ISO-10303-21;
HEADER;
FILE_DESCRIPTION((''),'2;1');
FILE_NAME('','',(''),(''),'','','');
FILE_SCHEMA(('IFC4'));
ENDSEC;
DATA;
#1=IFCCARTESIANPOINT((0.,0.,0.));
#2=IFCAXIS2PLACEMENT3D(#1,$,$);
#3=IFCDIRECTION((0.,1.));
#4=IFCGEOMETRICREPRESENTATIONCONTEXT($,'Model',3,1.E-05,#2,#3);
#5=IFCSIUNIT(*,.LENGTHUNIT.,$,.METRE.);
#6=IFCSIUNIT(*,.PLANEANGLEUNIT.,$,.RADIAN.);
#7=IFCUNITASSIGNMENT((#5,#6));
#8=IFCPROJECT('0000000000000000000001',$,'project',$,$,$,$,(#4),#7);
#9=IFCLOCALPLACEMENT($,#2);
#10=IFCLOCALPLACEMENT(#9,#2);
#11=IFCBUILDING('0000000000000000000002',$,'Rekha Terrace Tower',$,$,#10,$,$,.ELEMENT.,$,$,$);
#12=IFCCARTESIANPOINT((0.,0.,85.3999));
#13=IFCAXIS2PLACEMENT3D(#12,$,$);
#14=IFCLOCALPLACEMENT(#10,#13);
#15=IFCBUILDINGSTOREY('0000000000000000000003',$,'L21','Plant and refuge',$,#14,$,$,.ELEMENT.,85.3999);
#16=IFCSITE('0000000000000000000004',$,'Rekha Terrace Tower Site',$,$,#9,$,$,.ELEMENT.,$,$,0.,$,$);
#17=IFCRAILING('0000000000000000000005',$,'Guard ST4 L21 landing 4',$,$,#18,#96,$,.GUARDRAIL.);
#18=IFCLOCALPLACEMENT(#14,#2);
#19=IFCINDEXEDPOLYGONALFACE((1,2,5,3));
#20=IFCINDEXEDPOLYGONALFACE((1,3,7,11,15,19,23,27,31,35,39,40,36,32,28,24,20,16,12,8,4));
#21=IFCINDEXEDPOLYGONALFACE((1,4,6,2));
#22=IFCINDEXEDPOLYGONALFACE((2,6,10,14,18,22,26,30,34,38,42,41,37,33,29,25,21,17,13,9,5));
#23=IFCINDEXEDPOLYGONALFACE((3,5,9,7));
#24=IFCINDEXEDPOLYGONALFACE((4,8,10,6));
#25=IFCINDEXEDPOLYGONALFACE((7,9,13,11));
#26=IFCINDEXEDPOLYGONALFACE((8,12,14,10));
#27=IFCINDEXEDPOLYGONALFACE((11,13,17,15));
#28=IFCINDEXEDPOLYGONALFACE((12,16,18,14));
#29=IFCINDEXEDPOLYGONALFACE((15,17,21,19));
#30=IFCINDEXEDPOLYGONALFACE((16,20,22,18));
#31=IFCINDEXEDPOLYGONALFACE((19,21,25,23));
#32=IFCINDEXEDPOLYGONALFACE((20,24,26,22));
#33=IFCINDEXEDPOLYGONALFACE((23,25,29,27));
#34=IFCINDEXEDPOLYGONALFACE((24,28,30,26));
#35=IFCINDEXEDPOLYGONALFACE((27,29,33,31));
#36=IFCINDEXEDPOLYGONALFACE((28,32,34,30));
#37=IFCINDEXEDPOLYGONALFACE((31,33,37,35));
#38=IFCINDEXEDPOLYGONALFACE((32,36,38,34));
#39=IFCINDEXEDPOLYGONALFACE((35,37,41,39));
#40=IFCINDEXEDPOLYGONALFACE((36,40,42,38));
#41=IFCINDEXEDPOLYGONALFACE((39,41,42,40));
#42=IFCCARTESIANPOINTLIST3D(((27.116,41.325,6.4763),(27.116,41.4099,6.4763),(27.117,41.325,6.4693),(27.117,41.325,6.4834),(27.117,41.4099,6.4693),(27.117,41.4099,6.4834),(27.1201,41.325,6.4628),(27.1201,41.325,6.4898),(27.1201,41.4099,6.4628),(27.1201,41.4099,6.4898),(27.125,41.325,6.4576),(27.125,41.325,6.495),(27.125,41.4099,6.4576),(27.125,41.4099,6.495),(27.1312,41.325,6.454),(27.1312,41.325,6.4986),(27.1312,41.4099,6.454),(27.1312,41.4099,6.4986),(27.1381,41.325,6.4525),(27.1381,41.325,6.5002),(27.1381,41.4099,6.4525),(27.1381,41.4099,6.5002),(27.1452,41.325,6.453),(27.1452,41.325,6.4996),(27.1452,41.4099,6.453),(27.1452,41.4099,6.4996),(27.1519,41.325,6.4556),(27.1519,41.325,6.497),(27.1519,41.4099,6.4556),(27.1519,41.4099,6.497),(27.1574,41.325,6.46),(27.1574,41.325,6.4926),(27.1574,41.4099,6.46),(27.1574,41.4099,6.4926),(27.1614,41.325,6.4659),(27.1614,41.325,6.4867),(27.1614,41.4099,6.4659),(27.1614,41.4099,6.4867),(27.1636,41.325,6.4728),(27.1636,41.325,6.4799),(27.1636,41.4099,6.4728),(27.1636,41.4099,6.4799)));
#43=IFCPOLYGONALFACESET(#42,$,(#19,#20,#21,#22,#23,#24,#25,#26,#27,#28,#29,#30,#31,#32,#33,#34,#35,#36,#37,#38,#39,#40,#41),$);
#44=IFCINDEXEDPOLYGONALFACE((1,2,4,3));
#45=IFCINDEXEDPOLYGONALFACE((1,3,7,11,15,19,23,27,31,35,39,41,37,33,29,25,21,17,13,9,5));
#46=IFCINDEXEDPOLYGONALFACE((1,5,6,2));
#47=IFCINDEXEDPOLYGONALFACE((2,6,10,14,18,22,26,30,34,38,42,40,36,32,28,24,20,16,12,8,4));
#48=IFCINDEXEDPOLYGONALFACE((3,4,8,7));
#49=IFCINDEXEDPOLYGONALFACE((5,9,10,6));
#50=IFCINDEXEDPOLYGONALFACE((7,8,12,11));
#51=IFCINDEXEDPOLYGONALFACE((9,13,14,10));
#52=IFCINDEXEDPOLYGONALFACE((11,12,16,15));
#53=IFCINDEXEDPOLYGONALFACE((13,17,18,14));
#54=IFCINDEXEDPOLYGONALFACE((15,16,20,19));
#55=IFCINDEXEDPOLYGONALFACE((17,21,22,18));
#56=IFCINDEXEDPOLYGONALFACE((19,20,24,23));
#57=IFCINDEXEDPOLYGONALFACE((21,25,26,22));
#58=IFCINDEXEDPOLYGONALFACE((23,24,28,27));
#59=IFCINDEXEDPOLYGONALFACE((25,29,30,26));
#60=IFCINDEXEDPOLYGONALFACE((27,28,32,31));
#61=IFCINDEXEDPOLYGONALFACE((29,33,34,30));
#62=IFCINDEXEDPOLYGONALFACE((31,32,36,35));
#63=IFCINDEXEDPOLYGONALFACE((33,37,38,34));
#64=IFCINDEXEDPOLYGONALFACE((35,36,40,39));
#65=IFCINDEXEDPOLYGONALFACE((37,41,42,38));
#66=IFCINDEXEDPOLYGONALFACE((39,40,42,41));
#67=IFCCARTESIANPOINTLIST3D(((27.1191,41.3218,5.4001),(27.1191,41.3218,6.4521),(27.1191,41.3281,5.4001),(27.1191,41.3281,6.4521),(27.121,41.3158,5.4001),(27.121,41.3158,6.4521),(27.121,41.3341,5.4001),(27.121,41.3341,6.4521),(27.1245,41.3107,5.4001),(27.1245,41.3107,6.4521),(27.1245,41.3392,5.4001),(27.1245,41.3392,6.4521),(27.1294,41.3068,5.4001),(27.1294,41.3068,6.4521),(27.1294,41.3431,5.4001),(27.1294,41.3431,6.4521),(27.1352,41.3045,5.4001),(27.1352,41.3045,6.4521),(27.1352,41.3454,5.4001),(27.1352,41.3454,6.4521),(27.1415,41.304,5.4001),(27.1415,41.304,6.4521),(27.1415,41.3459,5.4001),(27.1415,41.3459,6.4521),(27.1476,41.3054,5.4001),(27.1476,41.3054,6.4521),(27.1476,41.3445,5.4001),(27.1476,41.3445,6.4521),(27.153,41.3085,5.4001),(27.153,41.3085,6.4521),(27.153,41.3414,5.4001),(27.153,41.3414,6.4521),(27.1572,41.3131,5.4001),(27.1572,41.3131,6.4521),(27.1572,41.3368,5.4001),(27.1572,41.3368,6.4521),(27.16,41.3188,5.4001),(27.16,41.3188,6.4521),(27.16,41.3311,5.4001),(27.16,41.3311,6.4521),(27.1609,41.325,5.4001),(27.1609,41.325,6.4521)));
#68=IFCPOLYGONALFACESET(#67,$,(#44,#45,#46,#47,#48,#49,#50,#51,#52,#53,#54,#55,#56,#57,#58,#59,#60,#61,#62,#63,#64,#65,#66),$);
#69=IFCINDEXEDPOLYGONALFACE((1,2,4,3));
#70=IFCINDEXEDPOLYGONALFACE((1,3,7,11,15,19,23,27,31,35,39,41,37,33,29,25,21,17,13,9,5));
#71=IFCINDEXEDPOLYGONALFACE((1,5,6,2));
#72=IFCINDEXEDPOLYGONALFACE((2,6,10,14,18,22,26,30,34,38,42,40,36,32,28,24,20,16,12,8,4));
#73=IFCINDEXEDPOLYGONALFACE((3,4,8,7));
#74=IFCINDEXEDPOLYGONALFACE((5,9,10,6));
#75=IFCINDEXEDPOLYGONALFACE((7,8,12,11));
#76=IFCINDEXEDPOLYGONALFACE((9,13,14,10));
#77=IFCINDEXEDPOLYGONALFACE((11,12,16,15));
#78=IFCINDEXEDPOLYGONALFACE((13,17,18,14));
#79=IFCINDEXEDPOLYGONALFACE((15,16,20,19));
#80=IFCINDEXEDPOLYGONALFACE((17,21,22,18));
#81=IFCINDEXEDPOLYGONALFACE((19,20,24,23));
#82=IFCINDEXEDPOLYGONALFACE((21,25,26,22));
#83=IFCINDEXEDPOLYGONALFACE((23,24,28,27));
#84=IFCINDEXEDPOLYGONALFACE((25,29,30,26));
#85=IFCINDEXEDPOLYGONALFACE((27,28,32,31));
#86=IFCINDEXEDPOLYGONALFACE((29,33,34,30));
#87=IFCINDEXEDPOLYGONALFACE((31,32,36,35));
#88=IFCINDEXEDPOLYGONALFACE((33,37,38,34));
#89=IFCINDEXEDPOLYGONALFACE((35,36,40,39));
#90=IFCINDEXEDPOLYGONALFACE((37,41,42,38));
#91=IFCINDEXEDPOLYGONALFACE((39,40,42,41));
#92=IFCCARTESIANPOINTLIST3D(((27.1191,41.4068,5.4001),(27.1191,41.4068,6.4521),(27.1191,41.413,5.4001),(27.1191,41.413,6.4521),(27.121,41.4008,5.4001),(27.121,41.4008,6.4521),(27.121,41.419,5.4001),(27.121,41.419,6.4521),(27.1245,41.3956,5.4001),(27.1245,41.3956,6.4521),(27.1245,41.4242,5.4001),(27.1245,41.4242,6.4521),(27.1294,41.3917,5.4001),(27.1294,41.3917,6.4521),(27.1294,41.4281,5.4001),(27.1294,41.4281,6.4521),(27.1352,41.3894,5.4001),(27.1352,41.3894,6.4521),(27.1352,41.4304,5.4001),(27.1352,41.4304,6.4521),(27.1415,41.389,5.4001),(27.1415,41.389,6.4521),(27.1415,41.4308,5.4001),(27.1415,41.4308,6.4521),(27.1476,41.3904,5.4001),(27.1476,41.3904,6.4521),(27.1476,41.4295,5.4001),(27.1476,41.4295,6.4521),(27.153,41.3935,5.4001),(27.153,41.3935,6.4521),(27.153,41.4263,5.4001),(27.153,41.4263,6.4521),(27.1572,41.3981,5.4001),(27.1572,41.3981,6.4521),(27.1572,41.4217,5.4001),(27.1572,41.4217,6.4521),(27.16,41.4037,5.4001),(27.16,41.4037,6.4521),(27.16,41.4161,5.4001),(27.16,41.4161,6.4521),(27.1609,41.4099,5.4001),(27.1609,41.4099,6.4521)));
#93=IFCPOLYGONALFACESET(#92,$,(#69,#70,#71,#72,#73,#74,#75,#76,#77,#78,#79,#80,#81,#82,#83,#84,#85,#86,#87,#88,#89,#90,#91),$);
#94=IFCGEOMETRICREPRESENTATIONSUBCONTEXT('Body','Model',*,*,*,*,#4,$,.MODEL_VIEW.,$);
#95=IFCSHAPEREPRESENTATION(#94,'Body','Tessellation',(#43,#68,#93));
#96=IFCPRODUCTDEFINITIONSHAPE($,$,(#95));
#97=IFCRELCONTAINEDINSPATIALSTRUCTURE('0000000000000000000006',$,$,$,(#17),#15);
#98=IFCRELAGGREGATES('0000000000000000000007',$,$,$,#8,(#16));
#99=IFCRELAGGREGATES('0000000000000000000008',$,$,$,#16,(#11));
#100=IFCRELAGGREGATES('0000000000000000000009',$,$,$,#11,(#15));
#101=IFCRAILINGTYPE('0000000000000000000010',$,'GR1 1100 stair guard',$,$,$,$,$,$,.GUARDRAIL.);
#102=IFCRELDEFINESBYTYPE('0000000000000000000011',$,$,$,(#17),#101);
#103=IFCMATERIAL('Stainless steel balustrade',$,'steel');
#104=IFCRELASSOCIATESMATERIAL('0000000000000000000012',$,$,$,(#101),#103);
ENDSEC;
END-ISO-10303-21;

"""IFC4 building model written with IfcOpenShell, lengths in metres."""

from ifc_helpers import new_model, si_unit, direction, frame, origin, origin_2d, place, context, subcontext, project, spatial, circle, extrude, material, type_object, element, save


model = new_model("IFC4")

# Units and contexts
model_context = context("Model", 3, precision=1e-05, world=origin(), true_north=direction((0.0, 1.0)))
body_context = subcontext(model_context, "Body", "Model", "MODEL_VIEW")
ifc_project = project(units=[si_unit("LENGTHUNIT", "METRE"), si_unit("PLANEANGLEUNIT", "RADIAN")], contexts=[model_context])

# Site, building, storey
site_placement = place(None, origin())
site = spatial("IfcSite", under=ifc_project, at=site_placement, Name="Rekha Terrace Tower Site", CompositionType="ELEMENT", RefElevation=0.0)
building_placement = place(site_placement, origin())
building = spatial("IfcBuilding", under=site, at=building_placement, Name="Rekha Terrace Tower", CompositionType="ELEMENT")
storey_placement = place(building_placement, frame((0.0, 0.0, 85.3999)))
storey = spatial("IfcBuildingStorey", under=building, at=storey_placement, Name="L21", Description="Plant and refuge", CompositionType="ELEMENT", Elevation=85.3999)

# Railing
ifc_material_1 = material(Name="Stainless steel balustrade", Category="steel")
railing_type_1 = type_object("IfcRailingType", Name="GR1 1100 stair guard", PredefinedType="GUARDRAIL", material=ifc_material_1)
for number, where, name in (
    (1, (27.1399, 41.325, 5.4001), "Guard ST4 L21 landing 4"),
):
    element("IfcRailing", number, at=place(storey_placement, frame(where)), inside=storey, type_object=railing_type_1, Name=name, PredefinedType="GUARDRAIL", context=body_context, shape_type="SweptSolid", body=[
        extrude(circle(Radius=0.0239, at=origin_2d()), frame((0.0, 0.0, 1.0762), z_axis=(0.0, 1.0, 0.0), x_axis=(-1.0, 0.0, 0.0)), (0.0, 0.0, 1.0), 0.085),
        extrude(circle(Radius=0.021, at=origin_2d()), origin(), (0.0, 0.0, 1.0), 1.052),
        extrude(circle(Radius=0.021, at=origin_2d()), frame((0.0, 0.085, 0.0)), (0.0, 0.0, 1.0), 1.052),
    ])

save(model, "model.ifc")
